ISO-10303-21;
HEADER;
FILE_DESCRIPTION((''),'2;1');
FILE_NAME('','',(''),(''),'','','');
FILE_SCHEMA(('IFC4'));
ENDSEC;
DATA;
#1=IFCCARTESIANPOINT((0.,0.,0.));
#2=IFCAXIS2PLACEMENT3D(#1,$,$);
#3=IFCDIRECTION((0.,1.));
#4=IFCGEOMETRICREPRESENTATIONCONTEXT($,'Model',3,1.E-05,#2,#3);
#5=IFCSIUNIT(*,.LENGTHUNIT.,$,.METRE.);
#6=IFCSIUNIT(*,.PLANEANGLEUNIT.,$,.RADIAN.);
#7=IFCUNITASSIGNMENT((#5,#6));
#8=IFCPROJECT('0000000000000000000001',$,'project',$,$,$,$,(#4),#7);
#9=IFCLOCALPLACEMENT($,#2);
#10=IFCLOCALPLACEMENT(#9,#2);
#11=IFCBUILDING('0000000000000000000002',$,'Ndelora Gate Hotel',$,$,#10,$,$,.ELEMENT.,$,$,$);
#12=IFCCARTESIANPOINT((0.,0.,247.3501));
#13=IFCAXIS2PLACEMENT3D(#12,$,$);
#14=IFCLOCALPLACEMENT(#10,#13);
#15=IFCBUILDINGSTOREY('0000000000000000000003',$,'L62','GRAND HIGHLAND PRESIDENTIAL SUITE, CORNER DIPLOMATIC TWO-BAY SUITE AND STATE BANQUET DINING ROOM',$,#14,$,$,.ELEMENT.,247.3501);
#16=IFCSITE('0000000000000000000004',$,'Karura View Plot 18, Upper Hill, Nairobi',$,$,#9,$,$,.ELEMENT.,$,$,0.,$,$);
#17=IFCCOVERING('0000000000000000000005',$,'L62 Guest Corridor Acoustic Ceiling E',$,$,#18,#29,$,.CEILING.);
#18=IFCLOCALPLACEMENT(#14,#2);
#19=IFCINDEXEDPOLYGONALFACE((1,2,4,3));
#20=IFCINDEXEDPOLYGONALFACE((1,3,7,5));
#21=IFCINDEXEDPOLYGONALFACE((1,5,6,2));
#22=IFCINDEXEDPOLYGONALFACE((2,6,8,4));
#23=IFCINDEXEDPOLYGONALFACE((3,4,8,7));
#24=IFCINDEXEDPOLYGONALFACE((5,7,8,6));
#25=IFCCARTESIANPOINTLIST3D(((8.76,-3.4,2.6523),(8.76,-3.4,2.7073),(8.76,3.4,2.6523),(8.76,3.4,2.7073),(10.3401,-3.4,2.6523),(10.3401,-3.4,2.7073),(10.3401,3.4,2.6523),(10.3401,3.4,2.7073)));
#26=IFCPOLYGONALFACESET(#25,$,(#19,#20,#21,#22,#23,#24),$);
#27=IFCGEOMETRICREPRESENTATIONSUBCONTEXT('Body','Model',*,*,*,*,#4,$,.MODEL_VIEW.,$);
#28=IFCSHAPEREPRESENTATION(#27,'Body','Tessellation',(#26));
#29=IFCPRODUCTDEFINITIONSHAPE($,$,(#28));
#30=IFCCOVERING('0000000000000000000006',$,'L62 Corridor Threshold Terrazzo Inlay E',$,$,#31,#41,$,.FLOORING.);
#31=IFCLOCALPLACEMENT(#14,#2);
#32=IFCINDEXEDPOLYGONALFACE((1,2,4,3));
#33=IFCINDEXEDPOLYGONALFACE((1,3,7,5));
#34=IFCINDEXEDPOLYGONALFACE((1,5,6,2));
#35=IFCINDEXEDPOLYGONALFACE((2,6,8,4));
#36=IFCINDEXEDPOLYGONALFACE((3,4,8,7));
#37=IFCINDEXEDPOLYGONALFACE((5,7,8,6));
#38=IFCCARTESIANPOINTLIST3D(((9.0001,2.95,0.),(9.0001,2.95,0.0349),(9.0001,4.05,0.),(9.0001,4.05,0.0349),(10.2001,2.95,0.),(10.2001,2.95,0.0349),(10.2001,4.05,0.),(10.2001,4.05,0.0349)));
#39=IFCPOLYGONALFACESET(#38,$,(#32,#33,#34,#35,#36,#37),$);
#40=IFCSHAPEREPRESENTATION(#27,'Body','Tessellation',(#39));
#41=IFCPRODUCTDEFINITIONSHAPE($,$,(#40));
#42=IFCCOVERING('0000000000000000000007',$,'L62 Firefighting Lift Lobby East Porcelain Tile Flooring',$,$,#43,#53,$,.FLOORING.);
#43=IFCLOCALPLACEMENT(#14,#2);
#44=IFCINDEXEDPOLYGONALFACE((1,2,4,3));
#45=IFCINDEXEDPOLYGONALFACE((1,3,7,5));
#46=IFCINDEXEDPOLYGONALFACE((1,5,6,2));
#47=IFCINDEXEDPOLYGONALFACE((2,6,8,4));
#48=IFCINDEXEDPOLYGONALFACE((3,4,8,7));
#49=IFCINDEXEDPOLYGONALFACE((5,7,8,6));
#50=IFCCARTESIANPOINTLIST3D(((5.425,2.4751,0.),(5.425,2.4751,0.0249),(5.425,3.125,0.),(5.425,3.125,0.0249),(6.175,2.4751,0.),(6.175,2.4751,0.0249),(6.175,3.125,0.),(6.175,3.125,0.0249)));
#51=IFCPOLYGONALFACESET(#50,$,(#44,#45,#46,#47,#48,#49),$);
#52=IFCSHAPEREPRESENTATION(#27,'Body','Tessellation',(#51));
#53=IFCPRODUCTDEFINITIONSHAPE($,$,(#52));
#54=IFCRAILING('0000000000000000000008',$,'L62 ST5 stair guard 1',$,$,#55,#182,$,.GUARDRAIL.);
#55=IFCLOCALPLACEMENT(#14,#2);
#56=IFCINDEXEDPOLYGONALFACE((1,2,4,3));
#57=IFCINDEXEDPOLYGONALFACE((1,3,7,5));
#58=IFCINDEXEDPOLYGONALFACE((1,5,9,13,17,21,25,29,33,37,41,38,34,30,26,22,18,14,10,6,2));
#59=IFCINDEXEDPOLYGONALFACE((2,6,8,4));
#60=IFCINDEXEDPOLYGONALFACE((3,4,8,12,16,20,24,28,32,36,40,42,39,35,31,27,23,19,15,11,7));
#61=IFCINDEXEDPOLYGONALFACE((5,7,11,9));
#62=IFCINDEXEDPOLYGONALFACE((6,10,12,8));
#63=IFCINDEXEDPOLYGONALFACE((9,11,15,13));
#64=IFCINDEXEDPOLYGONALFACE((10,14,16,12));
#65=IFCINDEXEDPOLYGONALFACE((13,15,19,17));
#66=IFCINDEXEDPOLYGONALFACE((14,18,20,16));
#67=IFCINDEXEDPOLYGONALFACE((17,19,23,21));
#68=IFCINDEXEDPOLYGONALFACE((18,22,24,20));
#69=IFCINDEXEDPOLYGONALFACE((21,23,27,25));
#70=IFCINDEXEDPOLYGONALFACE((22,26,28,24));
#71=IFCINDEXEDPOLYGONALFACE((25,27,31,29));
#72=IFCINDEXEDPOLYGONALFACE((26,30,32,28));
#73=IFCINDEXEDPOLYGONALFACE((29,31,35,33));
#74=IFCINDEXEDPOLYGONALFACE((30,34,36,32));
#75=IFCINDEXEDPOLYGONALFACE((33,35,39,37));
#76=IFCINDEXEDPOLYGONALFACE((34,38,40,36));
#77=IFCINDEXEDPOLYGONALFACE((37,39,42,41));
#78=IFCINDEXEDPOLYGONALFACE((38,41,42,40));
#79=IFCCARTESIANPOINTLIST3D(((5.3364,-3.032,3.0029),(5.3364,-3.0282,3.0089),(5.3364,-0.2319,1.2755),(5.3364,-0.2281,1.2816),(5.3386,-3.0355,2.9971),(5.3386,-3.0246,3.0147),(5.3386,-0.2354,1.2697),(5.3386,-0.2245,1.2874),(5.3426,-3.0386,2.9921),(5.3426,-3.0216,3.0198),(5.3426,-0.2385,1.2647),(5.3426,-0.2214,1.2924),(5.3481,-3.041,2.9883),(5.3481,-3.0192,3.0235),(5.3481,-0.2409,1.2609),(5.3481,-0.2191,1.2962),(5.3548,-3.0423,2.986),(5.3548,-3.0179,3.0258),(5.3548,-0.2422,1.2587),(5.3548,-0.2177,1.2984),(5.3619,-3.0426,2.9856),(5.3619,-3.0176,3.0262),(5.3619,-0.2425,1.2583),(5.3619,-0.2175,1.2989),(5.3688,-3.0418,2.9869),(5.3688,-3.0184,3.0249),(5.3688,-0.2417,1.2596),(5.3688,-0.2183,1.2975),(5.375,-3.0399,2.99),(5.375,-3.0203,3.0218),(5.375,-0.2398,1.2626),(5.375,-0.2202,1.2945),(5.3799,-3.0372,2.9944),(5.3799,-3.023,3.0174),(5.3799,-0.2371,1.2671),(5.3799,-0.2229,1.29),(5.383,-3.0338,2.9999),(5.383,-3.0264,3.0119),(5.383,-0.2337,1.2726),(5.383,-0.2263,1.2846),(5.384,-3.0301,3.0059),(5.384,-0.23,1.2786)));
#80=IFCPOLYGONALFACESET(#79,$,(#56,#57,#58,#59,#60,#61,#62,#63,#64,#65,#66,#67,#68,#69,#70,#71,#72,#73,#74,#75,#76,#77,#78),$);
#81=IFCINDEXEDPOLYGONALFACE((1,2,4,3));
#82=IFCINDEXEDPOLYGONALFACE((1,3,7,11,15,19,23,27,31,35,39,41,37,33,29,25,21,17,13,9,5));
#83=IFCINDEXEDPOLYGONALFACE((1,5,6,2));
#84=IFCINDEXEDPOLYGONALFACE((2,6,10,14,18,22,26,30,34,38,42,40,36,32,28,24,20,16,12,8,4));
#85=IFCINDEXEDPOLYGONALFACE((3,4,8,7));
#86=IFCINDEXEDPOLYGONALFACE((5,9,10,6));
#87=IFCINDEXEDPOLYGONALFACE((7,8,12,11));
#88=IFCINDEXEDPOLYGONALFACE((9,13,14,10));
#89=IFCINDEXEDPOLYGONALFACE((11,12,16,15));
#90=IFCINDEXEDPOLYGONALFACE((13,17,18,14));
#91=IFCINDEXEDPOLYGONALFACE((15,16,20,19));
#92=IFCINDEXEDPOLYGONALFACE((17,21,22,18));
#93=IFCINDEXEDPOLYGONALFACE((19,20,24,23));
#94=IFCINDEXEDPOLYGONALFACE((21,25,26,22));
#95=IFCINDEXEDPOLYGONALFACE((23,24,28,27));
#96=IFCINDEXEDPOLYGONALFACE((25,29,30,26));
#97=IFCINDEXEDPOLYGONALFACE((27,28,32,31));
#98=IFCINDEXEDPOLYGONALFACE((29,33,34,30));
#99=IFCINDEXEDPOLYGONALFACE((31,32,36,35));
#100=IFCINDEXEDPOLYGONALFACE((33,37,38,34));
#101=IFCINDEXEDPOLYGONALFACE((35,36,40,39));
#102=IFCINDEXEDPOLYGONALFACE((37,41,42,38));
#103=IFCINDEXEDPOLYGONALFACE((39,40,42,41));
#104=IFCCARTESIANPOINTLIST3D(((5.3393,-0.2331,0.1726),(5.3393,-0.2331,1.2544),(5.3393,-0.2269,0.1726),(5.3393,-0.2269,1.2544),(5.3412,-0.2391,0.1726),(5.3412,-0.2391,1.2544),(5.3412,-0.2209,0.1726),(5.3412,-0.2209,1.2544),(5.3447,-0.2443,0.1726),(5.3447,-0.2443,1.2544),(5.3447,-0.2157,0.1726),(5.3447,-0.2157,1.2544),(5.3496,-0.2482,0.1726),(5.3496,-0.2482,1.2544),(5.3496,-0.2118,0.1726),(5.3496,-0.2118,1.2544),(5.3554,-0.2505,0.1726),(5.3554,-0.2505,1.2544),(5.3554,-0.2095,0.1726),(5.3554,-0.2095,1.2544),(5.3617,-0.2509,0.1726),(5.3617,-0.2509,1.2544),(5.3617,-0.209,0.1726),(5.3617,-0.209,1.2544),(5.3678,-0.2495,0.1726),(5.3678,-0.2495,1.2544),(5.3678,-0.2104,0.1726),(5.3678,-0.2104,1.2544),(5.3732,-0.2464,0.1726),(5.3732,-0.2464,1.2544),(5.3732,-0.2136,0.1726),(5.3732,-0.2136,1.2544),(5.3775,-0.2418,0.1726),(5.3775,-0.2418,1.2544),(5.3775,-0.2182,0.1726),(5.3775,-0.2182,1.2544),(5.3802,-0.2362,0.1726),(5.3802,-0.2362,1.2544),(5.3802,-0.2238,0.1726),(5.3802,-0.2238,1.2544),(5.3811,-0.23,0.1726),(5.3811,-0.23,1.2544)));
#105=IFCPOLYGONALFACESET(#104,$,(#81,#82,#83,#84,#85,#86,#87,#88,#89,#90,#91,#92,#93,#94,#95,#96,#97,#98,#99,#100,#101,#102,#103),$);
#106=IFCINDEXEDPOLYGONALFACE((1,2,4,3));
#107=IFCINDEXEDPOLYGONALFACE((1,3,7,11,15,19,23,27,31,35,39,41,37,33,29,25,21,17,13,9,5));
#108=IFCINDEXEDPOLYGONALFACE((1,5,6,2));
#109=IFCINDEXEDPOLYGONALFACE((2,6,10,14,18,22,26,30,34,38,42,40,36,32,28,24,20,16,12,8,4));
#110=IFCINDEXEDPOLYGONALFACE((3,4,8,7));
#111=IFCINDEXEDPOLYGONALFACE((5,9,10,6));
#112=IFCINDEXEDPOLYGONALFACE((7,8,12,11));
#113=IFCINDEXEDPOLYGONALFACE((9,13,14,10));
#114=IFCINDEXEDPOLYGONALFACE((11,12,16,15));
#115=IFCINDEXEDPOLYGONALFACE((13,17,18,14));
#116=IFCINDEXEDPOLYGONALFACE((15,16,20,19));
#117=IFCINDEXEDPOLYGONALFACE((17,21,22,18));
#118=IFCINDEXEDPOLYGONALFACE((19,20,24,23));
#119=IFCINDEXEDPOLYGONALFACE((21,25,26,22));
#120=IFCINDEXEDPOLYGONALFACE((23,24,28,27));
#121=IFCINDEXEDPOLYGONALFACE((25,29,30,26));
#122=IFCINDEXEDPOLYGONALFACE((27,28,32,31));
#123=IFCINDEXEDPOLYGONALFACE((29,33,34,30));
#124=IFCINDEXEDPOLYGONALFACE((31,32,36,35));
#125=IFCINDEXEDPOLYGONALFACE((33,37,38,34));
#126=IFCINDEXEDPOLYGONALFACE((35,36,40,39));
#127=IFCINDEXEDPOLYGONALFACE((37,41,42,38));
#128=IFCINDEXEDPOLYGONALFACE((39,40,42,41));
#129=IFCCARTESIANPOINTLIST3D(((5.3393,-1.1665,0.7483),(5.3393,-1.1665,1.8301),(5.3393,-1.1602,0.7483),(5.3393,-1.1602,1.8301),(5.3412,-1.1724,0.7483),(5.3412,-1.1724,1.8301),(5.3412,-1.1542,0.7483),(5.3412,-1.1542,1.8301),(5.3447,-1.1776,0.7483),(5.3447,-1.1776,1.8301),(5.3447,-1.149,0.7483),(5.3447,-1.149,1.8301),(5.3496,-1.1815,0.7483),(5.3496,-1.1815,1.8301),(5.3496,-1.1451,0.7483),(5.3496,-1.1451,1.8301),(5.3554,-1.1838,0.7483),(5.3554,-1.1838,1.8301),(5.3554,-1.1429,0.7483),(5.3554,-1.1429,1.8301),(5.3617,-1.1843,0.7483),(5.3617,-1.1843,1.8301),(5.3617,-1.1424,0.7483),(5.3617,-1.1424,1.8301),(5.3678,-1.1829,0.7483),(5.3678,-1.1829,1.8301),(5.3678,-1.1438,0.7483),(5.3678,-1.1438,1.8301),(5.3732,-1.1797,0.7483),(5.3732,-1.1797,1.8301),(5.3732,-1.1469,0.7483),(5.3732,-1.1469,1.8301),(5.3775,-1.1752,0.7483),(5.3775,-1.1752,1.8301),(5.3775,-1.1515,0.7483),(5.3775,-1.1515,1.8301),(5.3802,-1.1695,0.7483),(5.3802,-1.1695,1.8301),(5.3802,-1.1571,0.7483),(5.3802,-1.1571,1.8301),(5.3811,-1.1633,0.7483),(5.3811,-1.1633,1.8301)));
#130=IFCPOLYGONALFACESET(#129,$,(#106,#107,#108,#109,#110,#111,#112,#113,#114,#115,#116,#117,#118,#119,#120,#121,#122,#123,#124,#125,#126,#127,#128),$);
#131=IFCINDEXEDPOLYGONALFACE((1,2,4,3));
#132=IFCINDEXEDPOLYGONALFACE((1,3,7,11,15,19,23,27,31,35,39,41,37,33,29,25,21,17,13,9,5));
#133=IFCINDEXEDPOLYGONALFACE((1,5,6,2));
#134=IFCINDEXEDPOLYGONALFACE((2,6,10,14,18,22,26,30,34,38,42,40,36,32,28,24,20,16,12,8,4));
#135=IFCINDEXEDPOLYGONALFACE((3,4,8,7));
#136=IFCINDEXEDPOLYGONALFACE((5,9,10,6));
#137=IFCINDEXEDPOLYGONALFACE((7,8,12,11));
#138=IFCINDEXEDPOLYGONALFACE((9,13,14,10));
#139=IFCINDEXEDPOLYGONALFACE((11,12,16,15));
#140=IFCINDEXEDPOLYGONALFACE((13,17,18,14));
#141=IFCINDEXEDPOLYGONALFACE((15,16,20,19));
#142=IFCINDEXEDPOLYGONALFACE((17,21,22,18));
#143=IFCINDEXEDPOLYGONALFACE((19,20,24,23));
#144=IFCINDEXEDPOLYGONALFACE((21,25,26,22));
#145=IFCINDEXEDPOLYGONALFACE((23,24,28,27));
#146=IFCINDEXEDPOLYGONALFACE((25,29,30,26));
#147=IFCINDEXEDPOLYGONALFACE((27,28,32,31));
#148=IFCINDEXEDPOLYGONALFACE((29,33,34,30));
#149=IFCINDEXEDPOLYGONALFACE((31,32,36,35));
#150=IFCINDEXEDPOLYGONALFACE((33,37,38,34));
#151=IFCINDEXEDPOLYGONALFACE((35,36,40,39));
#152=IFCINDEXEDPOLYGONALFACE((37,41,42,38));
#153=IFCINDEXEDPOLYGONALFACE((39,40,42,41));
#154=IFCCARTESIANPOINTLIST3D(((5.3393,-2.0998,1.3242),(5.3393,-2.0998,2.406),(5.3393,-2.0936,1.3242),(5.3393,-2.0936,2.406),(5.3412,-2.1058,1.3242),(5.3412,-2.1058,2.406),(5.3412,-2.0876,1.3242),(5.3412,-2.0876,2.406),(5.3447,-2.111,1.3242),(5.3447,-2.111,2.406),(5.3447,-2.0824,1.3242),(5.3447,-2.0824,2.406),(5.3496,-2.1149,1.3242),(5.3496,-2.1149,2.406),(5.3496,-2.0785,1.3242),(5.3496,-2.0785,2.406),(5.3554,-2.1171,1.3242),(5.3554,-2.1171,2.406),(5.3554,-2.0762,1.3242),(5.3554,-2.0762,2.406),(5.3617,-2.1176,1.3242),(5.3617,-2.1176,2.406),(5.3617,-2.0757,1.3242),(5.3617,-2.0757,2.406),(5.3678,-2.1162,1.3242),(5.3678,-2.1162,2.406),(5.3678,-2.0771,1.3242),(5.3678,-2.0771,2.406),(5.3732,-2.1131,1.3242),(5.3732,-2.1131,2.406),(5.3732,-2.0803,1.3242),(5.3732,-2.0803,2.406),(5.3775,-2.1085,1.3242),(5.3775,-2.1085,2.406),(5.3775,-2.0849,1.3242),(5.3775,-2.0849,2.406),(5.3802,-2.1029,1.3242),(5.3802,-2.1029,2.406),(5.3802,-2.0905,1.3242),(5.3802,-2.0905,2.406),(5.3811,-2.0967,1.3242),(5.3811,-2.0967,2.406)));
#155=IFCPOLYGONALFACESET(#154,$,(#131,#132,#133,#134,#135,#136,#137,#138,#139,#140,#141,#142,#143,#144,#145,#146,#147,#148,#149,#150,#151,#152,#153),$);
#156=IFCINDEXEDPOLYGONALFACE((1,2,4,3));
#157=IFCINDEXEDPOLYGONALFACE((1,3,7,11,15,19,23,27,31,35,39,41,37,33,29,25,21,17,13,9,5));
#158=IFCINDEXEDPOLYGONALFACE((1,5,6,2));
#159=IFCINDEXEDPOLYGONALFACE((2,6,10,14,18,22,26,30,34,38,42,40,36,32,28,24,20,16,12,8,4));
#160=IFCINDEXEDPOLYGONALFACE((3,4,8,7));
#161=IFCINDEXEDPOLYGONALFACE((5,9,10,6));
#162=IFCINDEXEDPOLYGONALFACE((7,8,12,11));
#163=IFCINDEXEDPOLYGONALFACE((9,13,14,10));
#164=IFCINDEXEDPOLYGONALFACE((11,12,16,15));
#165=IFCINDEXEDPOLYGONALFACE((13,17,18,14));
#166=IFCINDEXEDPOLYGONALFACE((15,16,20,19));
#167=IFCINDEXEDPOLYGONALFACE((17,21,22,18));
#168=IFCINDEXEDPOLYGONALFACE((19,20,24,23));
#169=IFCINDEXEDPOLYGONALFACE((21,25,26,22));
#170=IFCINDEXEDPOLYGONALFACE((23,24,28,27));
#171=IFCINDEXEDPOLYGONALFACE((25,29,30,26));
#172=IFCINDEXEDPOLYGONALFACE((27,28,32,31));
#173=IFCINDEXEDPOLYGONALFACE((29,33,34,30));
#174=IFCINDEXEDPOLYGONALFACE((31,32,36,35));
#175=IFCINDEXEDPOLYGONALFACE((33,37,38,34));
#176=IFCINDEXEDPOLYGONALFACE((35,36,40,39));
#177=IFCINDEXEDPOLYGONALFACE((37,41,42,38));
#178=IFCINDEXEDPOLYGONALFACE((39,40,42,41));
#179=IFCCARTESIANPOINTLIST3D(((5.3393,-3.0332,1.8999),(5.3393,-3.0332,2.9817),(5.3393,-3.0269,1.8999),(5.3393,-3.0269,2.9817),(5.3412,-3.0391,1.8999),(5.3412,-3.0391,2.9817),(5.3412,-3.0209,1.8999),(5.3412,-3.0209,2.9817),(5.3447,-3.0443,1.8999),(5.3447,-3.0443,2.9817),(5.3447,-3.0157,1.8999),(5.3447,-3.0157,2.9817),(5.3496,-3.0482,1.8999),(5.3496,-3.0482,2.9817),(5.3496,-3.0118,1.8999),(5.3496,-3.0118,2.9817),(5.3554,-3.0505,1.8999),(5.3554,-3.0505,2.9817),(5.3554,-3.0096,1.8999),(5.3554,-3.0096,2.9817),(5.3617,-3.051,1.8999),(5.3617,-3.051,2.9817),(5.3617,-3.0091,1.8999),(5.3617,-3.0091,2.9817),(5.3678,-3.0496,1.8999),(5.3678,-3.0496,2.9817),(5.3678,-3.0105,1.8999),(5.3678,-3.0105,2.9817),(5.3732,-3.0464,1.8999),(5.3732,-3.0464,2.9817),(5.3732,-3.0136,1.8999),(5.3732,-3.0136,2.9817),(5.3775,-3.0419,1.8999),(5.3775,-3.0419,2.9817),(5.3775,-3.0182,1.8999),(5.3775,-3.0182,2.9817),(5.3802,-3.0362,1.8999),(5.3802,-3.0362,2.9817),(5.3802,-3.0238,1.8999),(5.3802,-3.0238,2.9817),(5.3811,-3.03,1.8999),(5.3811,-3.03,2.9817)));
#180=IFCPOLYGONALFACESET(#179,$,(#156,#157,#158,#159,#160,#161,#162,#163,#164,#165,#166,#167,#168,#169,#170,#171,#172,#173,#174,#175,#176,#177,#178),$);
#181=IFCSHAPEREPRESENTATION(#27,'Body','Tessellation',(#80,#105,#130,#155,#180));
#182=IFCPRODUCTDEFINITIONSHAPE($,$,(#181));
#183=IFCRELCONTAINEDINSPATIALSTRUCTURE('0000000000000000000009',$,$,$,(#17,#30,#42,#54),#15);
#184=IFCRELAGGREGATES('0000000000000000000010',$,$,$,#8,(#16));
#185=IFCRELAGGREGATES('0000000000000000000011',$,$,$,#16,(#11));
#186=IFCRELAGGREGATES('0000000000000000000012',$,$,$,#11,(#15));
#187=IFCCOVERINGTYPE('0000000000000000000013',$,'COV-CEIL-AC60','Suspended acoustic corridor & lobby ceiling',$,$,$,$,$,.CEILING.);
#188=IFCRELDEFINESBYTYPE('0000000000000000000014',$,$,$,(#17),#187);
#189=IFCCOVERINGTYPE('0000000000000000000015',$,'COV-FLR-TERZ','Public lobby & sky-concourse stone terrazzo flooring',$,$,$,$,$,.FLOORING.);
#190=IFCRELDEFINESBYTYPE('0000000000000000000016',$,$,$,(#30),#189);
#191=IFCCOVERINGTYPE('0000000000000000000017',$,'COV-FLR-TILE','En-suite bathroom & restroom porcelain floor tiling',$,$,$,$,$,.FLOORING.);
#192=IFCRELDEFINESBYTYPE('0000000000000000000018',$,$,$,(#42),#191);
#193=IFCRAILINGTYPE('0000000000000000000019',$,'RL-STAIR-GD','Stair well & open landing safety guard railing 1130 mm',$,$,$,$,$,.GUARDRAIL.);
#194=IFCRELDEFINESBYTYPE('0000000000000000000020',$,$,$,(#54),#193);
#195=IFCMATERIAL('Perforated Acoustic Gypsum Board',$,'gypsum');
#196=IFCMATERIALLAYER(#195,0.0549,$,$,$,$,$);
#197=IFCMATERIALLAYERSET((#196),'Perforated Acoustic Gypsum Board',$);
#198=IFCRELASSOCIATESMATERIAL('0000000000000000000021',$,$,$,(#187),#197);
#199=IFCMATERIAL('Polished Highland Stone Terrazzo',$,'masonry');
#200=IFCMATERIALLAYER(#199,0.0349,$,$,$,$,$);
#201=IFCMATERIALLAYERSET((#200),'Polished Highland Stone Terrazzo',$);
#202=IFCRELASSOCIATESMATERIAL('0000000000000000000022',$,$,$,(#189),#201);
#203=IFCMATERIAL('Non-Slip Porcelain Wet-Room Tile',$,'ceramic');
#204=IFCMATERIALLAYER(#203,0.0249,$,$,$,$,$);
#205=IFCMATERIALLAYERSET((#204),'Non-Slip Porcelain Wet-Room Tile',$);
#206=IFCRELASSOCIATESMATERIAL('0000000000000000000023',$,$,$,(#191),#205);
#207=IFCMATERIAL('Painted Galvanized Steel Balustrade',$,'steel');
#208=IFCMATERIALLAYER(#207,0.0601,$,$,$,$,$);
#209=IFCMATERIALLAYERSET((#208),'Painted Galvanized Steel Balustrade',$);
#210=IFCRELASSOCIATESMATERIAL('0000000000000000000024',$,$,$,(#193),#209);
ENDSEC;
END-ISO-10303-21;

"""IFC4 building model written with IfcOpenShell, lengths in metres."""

from ifc_helpers import new_model, si_unit, direction, frame, origin, origin_2d, place, context, subcontext, project, spatial, rectangle, circle, extrude, material, layer, layer_set, type_object, element, save


model = new_model("IFC4")

# Units and contexts
model_context = context("Model", 3, precision=1e-05, world=origin(), true_north=direction((0.0, 1.0)))
body_context = subcontext(model_context, "Body", "Model", "MODEL_VIEW")
ifc_project = project(units=[si_unit("LENGTHUNIT", "METRE"), si_unit("PLANEANGLEUNIT", "RADIAN")], contexts=[model_context])

# Site, building, storey
site_placement = place(None, origin())
site = spatial("IfcSite", under=ifc_project, at=site_placement, Name="Karura View Plot 18, Upper Hill, Nairobi", CompositionType="ELEMENT", RefElevation=0.0)
building_placement = place(site_placement, origin())
building = spatial("IfcBuilding", under=site, at=building_placement, Name="Ndelora Gate Hotel", CompositionType="ELEMENT")
storey_placement = place(building_placement, frame((0.0, 0.0, 247.3501)))
storey = spatial("IfcBuildingStorey", under=building, at=storey_placement, Name="L62", Description="GRAND HIGHLAND PRESIDENTIAL SUITE, CORNER DIPLOMATIC TWO-BAY SUITE AND STATE BANQUET DINING ROOM", CompositionType="ELEMENT", Elevation=247.3501)

# Coverings
ifc_material_1 = material(Name="Perforated Acoustic Gypsum Board", Category="gypsum")
ifc_layer_1 = layer(ifc_material_1, 0.0549)
ifc_layer_set_1 = layer_set([ifc_layer_1], Name="Perforated Acoustic Gypsum Board")
covering_type_1 = type_object("IfcCoveringType", Name="COV-CEIL-AC60", Description="Suspended acoustic corridor & lobby ceiling", PredefinedType="CEILING", material=ifc_layer_set_1)
covering_1_placement = place(storey_placement, frame((9.55, 0.0, 2.6523), z_axis=(0.0, 0.0, 1.0), x_axis=(1.0, 0.0, 0.0)))
element("IfcCovering", 1, at=covering_1_placement, inside=storey, type_object=covering_type_1, Name="L62 Guest Corridor Acoustic Ceiling E", PredefinedType="CEILING", context=body_context, shape_type="SweptSolid", body=[
    extrude(rectangle(XDim=1.5801, YDim=6.8, at=origin_2d()), origin(), (0.0, 0.0, 1.0), 0.0549),
])
ifc_material_2 = material(Name="Polished Highland Stone Terrazzo", Category="masonry")
ifc_layer_2 = layer(ifc_material_2, 0.0349)
ifc_layer_set_2 = layer_set([ifc_layer_2], Name="Polished Highland Stone Terrazzo")
covering_type_2 = type_object("IfcCoveringType", Name="COV-FLR-TERZ", Description="Public lobby & sky-concourse stone terrazzo flooring", PredefinedType="FLOORING", material=ifc_layer_set_2)
covering_2_placement = place(storey_placement, frame((9.6001, 3.5, 0.0), z_axis=(0.0, 0.0, 1.0), x_axis=(1.0, 0.0, 0.0)))
element("IfcCovering", 2, at=covering_2_placement, inside=storey, type_object=covering_type_2, Name="L62 Corridor Threshold Terrazzo Inlay E", PredefinedType="FLOORING", context=body_context, shape_type="SweptSolid", body=[
    extrude(rectangle(XDim=1.2, YDim=1.1001, at=origin_2d()), origin(), (0.0, 0.0, 1.0), 0.0349),
])
ifc_material_3 = material(Name="Non-Slip Porcelain Wet-Room Tile", Category="ceramic")
ifc_layer_3 = layer(ifc_material_3, 0.0249)
ifc_layer_set_3 = layer_set([ifc_layer_3], Name="Non-Slip Porcelain Wet-Room Tile")
covering_type_3 = type_object("IfcCoveringType", Name="COV-FLR-TILE", Description="En-suite bathroom & restroom porcelain floor tiling", PredefinedType="FLOORING", material=ifc_layer_set_3)
covering_3_placement = place(storey_placement, frame((5.8, 2.8, 0.0), z_axis=(0.0, 0.0, 1.0), x_axis=(1.0, 0.0, 0.0)))
element("IfcCovering", 3, at=covering_3_placement, inside=storey, type_object=covering_type_3, Name="L62 Firefighting Lift Lobby East Porcelain Tile Flooring", PredefinedType="FLOORING", context=body_context, shape_type="SweptSolid", body=[
    extrude(rectangle(XDim=0.75, YDim=0.6499, at=origin_2d()), origin(), (0.0, 0.0, 1.0), 0.0249),
])

# Railing
ifc_material_4 = material(Name="Painted Galvanized Steel Balustrade", Category="steel")
ifc_layer_4 = layer(ifc_material_4, 0.0601)
ifc_layer_set_4 = layer_set([ifc_layer_4], Name="Painted Galvanized Steel Balustrade")
railing_type_1 = type_object("IfcRailingType", Name="RL-STAIR-GD", Description="Stair well & open landing safety guard railing 1130 mm", PredefinedType="GUARDRAIL", material=ifc_layer_set_4)
railing_1_placement = place(storey_placement, frame((5.3601, -0.23, 0.1726)))
element("IfcRailing", 4, at=railing_1_placement, inside=storey, type_object=railing_type_1, Name="L62 ST5 stair guard 1", PredefinedType="GUARDRAIL", context=body_context, shape_type="SweptSolid", body=[
    extrude(circle(Radius=0.0239, at=origin_2d()), frame((0.0, 0.0, 1.106), z_axis=(0.0, -0.85109, 0.52502), x_axis=(1.0, 0.0, 0.0)), (0.0, 0.0, 1.0), 3.29),
    extrude(circle(Radius=0.021, at=origin_2d()), origin(), (0.0, 0.0, 1.0), 1.0818),
    extrude(circle(Radius=0.021, at=origin_2d()), frame((0.0, -0.9333, 0.5757)), (0.0, 0.0, 1.0), 1.0818),
    extrude(circle(Radius=0.021, at=origin_2d()), frame((0.0, -1.8667, 1.1516)), (0.0, 0.0, 1.0), 1.0818),
    extrude(circle(Radius=0.021, at=origin_2d()), frame((0.0, -2.8, 1.7273)), (0.0, 0.0, 1.0), 1.0818),
])

save(model, "model.ifc")
